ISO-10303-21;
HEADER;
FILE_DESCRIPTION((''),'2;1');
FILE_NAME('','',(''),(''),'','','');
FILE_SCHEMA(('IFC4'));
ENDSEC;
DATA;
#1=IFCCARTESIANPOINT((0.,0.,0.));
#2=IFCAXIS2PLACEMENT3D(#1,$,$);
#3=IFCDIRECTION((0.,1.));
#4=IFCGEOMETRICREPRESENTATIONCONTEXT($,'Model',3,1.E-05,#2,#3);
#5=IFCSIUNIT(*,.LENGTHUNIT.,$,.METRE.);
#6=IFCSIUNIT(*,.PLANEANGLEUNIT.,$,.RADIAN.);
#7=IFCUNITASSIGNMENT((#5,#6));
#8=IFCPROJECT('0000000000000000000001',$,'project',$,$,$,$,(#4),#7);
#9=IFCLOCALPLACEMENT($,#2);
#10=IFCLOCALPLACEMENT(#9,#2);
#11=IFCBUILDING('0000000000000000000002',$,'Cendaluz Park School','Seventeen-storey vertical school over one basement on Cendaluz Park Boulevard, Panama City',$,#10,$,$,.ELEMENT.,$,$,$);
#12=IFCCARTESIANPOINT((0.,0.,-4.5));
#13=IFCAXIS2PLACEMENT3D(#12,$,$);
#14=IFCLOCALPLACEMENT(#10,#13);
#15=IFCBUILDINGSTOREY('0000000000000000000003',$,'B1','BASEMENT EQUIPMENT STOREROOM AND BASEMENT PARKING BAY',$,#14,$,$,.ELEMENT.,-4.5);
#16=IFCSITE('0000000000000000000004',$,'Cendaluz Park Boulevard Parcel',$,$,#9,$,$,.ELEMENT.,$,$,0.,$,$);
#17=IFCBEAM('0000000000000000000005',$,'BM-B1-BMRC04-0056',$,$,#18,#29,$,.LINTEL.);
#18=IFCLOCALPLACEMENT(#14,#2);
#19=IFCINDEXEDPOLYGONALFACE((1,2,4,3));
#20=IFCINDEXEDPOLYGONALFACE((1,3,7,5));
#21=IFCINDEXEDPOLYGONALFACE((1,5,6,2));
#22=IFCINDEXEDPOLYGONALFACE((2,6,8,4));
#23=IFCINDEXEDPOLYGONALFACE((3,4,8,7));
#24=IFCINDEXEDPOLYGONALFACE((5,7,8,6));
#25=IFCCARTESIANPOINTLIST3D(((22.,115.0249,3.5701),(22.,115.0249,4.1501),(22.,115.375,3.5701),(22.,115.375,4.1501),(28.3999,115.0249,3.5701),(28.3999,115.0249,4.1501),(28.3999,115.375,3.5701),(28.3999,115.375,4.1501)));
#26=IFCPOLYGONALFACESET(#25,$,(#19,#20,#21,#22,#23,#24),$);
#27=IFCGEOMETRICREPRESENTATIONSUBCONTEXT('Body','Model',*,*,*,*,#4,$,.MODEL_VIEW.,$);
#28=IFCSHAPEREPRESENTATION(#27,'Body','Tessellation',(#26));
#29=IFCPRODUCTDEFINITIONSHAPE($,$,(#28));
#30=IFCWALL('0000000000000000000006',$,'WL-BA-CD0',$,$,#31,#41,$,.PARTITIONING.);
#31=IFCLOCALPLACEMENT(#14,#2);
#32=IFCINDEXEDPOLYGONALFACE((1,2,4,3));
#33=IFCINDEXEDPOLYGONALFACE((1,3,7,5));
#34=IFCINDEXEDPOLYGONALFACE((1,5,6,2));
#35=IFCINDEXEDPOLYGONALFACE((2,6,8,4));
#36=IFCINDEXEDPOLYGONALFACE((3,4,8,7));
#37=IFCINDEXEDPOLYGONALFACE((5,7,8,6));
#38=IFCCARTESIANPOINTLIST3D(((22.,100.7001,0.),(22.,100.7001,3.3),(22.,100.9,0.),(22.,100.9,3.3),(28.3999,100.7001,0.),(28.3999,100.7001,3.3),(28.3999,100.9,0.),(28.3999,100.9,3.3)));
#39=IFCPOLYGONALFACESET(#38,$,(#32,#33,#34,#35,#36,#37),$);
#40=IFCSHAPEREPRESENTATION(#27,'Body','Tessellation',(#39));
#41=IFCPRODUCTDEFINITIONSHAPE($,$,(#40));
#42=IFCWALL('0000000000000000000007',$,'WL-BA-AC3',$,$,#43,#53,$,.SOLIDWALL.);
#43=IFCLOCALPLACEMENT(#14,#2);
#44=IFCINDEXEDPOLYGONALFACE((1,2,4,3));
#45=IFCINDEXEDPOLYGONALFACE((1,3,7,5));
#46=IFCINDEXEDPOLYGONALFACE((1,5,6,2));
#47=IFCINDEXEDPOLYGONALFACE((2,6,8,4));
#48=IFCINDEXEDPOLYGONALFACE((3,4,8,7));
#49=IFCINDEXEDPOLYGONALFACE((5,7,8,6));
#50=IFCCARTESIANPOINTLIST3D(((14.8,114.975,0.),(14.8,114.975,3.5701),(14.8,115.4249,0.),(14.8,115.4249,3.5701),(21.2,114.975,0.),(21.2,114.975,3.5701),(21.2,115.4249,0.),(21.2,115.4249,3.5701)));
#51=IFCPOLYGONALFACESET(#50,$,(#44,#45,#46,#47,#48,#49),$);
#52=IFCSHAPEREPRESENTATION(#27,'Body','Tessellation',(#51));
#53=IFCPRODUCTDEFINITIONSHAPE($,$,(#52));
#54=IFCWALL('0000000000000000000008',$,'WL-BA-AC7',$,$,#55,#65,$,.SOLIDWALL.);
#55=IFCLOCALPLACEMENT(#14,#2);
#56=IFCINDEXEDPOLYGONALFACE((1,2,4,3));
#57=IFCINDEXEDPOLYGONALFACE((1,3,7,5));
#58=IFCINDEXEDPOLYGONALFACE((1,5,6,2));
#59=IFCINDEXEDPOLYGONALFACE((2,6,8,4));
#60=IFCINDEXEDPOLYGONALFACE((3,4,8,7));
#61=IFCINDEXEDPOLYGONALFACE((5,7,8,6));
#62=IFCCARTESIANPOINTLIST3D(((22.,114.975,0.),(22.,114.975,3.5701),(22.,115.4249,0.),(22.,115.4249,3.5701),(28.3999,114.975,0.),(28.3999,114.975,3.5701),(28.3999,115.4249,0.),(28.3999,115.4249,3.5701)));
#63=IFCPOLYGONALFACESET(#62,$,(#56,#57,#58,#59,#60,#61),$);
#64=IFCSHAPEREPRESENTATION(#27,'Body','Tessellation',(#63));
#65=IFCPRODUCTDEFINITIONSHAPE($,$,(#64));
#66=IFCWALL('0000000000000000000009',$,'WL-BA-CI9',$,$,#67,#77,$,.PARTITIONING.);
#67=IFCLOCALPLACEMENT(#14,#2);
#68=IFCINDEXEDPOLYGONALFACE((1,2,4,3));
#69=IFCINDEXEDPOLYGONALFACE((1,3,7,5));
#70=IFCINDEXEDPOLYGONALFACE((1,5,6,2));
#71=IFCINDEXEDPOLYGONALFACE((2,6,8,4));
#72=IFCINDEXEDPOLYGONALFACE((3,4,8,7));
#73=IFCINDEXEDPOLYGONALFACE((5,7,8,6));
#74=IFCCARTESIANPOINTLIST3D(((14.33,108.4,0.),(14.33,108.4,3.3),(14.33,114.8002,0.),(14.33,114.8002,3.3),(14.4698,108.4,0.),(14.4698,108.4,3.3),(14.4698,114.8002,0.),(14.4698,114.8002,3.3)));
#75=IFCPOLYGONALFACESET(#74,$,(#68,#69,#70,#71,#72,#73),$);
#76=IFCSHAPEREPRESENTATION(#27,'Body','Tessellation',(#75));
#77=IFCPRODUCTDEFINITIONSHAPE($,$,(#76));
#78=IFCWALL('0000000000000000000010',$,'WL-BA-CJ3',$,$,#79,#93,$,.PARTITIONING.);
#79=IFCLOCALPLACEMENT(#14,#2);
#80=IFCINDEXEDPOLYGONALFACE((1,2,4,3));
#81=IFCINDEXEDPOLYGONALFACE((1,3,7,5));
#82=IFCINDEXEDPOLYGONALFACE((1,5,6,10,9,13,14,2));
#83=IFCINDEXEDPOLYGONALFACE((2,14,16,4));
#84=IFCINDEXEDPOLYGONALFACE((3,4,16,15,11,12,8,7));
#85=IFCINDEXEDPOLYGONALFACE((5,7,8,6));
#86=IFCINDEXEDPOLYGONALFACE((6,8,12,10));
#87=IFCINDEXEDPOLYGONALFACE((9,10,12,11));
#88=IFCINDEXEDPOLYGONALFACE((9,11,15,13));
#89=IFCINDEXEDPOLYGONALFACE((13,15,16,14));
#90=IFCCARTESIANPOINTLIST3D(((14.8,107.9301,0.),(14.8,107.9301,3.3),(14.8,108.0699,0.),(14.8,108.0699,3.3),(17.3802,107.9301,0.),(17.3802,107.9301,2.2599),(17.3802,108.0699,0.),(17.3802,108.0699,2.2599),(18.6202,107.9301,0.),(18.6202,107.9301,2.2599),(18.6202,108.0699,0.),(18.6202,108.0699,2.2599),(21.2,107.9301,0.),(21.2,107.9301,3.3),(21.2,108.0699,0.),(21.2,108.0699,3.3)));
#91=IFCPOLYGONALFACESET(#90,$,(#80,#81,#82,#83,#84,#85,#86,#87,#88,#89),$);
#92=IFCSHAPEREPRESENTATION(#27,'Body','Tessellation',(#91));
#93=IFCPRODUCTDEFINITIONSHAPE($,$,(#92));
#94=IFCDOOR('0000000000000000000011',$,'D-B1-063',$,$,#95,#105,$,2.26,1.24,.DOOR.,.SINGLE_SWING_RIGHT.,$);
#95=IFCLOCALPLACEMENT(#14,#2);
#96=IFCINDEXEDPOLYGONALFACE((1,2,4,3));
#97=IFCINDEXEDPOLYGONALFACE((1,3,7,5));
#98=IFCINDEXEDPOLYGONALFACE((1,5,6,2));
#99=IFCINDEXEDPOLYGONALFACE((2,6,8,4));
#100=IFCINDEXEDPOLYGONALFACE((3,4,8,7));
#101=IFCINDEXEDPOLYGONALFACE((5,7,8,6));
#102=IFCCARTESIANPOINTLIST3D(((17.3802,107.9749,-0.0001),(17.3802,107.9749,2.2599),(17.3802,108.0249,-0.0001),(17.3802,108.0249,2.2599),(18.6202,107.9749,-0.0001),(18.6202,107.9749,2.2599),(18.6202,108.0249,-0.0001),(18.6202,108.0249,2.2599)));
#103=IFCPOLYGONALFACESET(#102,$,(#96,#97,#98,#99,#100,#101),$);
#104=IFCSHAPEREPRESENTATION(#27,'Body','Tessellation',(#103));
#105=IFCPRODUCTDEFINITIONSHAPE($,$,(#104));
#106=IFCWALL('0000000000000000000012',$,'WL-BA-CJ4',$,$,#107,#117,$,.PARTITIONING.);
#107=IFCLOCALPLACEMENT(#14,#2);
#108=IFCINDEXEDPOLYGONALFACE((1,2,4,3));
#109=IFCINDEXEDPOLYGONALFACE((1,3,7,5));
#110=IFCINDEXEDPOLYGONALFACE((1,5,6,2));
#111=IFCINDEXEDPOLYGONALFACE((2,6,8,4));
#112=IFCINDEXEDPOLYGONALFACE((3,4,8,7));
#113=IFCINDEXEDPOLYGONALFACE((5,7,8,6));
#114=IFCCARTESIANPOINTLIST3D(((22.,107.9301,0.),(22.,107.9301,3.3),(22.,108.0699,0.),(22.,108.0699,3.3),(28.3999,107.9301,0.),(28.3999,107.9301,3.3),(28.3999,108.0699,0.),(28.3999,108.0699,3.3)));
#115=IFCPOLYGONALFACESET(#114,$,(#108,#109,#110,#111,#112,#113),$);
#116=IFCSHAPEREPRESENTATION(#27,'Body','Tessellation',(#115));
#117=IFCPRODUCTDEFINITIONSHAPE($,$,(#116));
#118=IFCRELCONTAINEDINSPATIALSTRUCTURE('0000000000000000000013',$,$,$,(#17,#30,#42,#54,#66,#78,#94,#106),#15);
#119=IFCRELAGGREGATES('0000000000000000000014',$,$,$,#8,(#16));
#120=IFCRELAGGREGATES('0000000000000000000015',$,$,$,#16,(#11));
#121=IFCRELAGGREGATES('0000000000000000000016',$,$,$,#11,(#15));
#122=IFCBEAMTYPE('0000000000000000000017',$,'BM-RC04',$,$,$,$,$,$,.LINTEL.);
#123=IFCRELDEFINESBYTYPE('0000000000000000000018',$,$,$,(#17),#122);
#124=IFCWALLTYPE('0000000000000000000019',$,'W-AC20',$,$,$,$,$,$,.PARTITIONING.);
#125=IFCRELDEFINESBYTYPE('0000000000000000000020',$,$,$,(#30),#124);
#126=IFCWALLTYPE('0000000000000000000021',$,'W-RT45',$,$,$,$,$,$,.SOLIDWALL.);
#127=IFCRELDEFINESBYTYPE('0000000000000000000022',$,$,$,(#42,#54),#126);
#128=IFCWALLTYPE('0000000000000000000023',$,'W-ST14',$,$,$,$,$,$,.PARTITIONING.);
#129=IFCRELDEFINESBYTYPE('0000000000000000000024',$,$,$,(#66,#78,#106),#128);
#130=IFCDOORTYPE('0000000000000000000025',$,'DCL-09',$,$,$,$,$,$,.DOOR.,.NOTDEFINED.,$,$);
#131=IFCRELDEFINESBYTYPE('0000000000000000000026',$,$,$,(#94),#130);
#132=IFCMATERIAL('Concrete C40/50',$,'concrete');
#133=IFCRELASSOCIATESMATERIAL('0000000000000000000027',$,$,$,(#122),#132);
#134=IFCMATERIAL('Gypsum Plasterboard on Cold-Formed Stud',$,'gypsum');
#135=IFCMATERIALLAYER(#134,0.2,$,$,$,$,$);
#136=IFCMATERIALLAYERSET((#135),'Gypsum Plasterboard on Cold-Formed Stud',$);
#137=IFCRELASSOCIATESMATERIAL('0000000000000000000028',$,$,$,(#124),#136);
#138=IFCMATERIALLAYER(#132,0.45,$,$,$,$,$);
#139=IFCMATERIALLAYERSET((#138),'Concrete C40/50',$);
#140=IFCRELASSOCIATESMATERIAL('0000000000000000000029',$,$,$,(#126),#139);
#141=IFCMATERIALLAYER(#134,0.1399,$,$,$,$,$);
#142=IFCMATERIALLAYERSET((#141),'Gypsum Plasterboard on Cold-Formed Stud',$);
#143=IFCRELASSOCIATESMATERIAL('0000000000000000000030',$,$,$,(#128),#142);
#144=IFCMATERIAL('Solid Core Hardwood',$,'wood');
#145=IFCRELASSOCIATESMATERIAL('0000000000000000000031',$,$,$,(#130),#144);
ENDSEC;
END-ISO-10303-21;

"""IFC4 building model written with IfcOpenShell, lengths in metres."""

from ifc_helpers import new_model, si_unit, direction, frame, frame_2d, origin, origin_2d, place, context, subcontext, project, spatial, rectangle, extrude, material, layer, layer_set, material_profile, profile_set, type_object, element, fill, save


model = new_model("IFC4")

# Units and contexts
model_context = context("Model", 3, precision=1e-05, world=origin(), true_north=direction((0.0, 1.0)))
body_context = subcontext(model_context, "Body", "Model", "MODEL_VIEW")
ifc_project = project(units=[si_unit("LENGTHUNIT", "METRE"), si_unit("PLANEANGLEUNIT", "RADIAN")], contexts=[model_context])

# Site, building, storey
site_placement = place(None, origin())
site = spatial("IfcSite", under=ifc_project, at=site_placement, Name="Cendaluz Park Boulevard Parcel", CompositionType="ELEMENT", RefElevation=0.0)
building_placement = place(site_placement, origin())
building = spatial("IfcBuilding", under=site, at=building_placement, Name="Cendaluz Park School", Description="Seventeen-storey vertical school over one basement on Cendaluz Park Boulevard, Panama City", CompositionType="ELEMENT")
storey_placement = place(building_placement, frame((0.0, 0.0, -4.5)))
storey = spatial("IfcBuildingStorey", under=building, at=storey_placement, Name="B1", Description="BASEMENT EQUIPMENT STOREROOM AND BASEMENT PARKING BAY", CompositionType="ELEMENT", Elevation=-4.5)

# Shared definitions
ifc_material_1 = material(Name="Concrete C40/50", Category="concrete")

# Beam
ifc_material_profile_1 = material_profile(ifc_material_1, rectangle(XDim=0.3501, YDim=0.5801, at=origin_2d()), Name="RC 350x580", Category="concrete")
ifc_profile_set_1 = profile_set([ifc_material_profile_1], Name="Concrete C40/50")
beam_type_1 = type_object("IfcBeamType", Name="BM-RC04", PredefinedType="LINTEL", material=ifc_profile_set_1)
for number, where, z_axis, x_axis, name in (
    (1, (22.0, 115.2, 3.8601), (1.0, 0.0, 0.0), (0.0, 1.0, 0.0), "BM-B1-BMRC04-0056"),
):
    element("IfcBeam", number, at=place(storey_placement, frame(where, z_axis=z_axis, x_axis=x_axis)), inside=storey, type_object=beam_type_1, Name=name, PredefinedType="LINTEL", context=body_context, shape_type="SweptSolid", body=[
        extrude(rectangle(XDim=0.3501, YDim=0.5801, at=origin_2d()), origin(), (0.0, 0.0, 1.0), 6.3999),
    ])

# Walls
ifc_material_2 = material(Name="Gypsum Plasterboard on Cold-Formed Stud", Category="gypsum")
ifc_layer_1 = layer(ifc_material_2, 0.2)
ifc_layer_set_1 = layer_set([ifc_layer_1], Name="Gypsum Plasterboard on Cold-Formed Stud")
wall_type_1 = type_object("IfcWallType", Name="W-AC20", PredefinedType="PARTITIONING", material=ifc_layer_set_1)
wall_1_placement = place(storey_placement, frame((22.0, 100.8, 0.0), z_axis=(0.0, 0.0, 1.0), x_axis=(1.0, 0.0, 0.0)))
element("IfcWall", 2, at=wall_1_placement, inside=storey, type_object=wall_type_1, Name="WL-BA-CD0", PredefinedType="PARTITIONING", context=body_context, shape_type="SweptSolid", body=[
    extrude(rectangle(XDim=6.3999, YDim=0.2, at=frame_2d((3.2, 0.0))), origin(), (0.0, 0.0, 1.0), 3.3),
])
ifc_layer_2 = layer(ifc_material_1, 0.45)
ifc_layer_set_2 = layer_set([ifc_layer_2], Name="Concrete C40/50")
wall_type_2 = type_object("IfcWallType", Name="W-RT45", PredefinedType="SOLIDWALL", material=ifc_layer_set_2)
for number, where, z_axis, x_axis, name in (
    (3, (14.8, 115.2, 0.0), (0.0, 0.0, 1.0), (1.0, 0.0, 0.0), "WL-BA-AC3"),
    (4, (22.0, 115.2, 0.0), (0.0, 0.0, 1.0), (1.0, 0.0, 0.0), "WL-BA-AC7"),
):
    element("IfcWall", number, at=place(storey_placement, frame(where, z_axis=z_axis, x_axis=x_axis)), inside=storey, type_object=wall_type_2, Name=name, PredefinedType="SOLIDWALL", context=body_context, shape_type="SweptSolid", body=[
        extrude(rectangle(XDim=6.3999, YDim=0.45, at=frame_2d((3.2, 0.0))), origin(), (0.0, 0.0, 1.0), 3.5701),
    ])
ifc_layer_3 = layer(ifc_material_2, 0.1399)
ifc_layer_set_3 = layer_set([ifc_layer_3], Name="Gypsum Plasterboard on Cold-Formed Stud")
wall_type_3 = type_object("IfcWallType", Name="W-ST14", PredefinedType="PARTITIONING", material=ifc_layer_set_3)
wall_2_placement = place(storey_placement, frame((14.3999, 108.3999, 0.0), z_axis=(0.0, 0.0, 1.0), x_axis=(0.0, 1.0, 0.0)))
element("IfcWall", 5, at=wall_2_placement, inside=storey, type_object=wall_type_3, Name="WL-BA-CI9", PredefinedType="PARTITIONING", context=body_context, shape_type="SweptSolid", body=[
    extrude(rectangle(XDim=6.4001, YDim=0.1399, at=frame_2d((3.2002, 0.0))), origin(), (0.0, 0.0, 1.0), 3.3),
])

# Wall, opening, door
wall_3_placement = place(storey_placement, frame((14.8, 108.0, 0.0), z_axis=(0.0, 0.0, 1.0), x_axis=(1.0, 0.0, 0.0)))
wall_3 = element("IfcWall", 6, at=wall_3_placement, inside=storey, type_object=wall_type_3, Name="WL-BA-CJ3", PredefinedType="PARTITIONING", context=body_context, shape_type="SweptSolid", body=[
    extrude(rectangle(XDim=6.3999, YDim=0.1399, at=frame_2d((3.2, 0.0))), origin(), (0.0, 0.0, 1.0), 3.3),
])
opening_placement = place(wall_3_placement, frame((2.5801, 0.0, 0.0)))
opening = element("IfcOpeningElement", 7, at=opening_placement, cuts=wall_3, PredefinedType="OPENING", context=body_context, shape_type="SweptSolid", body=[
    extrude(rectangle(XDim=1.24, YDim=2.26, at=frame_2d((0.6201, 1.1299))), frame((0.0, 0.082, 0.0), z_axis=(0.0, -1.0, 0.0), x_axis=(1.0, 0.0, 0.0)), (0.0, 0.0, 1.0), 0.1638),
])
ifc_material_3 = material(Name="Solid Core Hardwood", Category="wood")
door_type = type_object("IfcDoorType", Name="DCL-09", OperationType="NOTDEFINED", PredefinedType="DOOR", material=ifc_material_3)
door_placement = place(opening_placement, origin())
door = element("IfcDoor", 8, at=door_placement, inside=storey, type_object=door_type, Name="D-B1-063", OperationType="SINGLE_SWING_RIGHT", OverallHeight=2.26, OverallWidth=1.24, PredefinedType="DOOR", context=body_context, shape_type="SweptSolid", body=[
    extrude(rectangle(XDim=1.24, YDim=2.26, at=frame_2d((0.6201, 1.1299))), frame((0.0, 0.0249, 0.0), z_axis=(0.0, -1.0, 0.0), x_axis=(1.0, 0.0, 0.0)), (0.0, 0.0, 1.0), 0.05),
])
fill(opening, door)

# Wall
wall_4_placement = place(storey_placement, frame((22.0, 108.0, 0.0), z_axis=(0.0, 0.0, 1.0), x_axis=(1.0, 0.0, 0.0)))
element("IfcWall", 9, at=wall_4_placement, inside=storey, type_object=wall_type_3, Name="WL-BA-CJ4", PredefinedType="PARTITIONING", context=body_context, shape_type="SweptSolid", body=[
    extrude(rectangle(XDim=6.3999, YDim=0.1399, at=frame_2d((3.2, 0.0))), origin(), (0.0, 0.0, 1.0), 3.3),
])

save(model, "model.ifc")
